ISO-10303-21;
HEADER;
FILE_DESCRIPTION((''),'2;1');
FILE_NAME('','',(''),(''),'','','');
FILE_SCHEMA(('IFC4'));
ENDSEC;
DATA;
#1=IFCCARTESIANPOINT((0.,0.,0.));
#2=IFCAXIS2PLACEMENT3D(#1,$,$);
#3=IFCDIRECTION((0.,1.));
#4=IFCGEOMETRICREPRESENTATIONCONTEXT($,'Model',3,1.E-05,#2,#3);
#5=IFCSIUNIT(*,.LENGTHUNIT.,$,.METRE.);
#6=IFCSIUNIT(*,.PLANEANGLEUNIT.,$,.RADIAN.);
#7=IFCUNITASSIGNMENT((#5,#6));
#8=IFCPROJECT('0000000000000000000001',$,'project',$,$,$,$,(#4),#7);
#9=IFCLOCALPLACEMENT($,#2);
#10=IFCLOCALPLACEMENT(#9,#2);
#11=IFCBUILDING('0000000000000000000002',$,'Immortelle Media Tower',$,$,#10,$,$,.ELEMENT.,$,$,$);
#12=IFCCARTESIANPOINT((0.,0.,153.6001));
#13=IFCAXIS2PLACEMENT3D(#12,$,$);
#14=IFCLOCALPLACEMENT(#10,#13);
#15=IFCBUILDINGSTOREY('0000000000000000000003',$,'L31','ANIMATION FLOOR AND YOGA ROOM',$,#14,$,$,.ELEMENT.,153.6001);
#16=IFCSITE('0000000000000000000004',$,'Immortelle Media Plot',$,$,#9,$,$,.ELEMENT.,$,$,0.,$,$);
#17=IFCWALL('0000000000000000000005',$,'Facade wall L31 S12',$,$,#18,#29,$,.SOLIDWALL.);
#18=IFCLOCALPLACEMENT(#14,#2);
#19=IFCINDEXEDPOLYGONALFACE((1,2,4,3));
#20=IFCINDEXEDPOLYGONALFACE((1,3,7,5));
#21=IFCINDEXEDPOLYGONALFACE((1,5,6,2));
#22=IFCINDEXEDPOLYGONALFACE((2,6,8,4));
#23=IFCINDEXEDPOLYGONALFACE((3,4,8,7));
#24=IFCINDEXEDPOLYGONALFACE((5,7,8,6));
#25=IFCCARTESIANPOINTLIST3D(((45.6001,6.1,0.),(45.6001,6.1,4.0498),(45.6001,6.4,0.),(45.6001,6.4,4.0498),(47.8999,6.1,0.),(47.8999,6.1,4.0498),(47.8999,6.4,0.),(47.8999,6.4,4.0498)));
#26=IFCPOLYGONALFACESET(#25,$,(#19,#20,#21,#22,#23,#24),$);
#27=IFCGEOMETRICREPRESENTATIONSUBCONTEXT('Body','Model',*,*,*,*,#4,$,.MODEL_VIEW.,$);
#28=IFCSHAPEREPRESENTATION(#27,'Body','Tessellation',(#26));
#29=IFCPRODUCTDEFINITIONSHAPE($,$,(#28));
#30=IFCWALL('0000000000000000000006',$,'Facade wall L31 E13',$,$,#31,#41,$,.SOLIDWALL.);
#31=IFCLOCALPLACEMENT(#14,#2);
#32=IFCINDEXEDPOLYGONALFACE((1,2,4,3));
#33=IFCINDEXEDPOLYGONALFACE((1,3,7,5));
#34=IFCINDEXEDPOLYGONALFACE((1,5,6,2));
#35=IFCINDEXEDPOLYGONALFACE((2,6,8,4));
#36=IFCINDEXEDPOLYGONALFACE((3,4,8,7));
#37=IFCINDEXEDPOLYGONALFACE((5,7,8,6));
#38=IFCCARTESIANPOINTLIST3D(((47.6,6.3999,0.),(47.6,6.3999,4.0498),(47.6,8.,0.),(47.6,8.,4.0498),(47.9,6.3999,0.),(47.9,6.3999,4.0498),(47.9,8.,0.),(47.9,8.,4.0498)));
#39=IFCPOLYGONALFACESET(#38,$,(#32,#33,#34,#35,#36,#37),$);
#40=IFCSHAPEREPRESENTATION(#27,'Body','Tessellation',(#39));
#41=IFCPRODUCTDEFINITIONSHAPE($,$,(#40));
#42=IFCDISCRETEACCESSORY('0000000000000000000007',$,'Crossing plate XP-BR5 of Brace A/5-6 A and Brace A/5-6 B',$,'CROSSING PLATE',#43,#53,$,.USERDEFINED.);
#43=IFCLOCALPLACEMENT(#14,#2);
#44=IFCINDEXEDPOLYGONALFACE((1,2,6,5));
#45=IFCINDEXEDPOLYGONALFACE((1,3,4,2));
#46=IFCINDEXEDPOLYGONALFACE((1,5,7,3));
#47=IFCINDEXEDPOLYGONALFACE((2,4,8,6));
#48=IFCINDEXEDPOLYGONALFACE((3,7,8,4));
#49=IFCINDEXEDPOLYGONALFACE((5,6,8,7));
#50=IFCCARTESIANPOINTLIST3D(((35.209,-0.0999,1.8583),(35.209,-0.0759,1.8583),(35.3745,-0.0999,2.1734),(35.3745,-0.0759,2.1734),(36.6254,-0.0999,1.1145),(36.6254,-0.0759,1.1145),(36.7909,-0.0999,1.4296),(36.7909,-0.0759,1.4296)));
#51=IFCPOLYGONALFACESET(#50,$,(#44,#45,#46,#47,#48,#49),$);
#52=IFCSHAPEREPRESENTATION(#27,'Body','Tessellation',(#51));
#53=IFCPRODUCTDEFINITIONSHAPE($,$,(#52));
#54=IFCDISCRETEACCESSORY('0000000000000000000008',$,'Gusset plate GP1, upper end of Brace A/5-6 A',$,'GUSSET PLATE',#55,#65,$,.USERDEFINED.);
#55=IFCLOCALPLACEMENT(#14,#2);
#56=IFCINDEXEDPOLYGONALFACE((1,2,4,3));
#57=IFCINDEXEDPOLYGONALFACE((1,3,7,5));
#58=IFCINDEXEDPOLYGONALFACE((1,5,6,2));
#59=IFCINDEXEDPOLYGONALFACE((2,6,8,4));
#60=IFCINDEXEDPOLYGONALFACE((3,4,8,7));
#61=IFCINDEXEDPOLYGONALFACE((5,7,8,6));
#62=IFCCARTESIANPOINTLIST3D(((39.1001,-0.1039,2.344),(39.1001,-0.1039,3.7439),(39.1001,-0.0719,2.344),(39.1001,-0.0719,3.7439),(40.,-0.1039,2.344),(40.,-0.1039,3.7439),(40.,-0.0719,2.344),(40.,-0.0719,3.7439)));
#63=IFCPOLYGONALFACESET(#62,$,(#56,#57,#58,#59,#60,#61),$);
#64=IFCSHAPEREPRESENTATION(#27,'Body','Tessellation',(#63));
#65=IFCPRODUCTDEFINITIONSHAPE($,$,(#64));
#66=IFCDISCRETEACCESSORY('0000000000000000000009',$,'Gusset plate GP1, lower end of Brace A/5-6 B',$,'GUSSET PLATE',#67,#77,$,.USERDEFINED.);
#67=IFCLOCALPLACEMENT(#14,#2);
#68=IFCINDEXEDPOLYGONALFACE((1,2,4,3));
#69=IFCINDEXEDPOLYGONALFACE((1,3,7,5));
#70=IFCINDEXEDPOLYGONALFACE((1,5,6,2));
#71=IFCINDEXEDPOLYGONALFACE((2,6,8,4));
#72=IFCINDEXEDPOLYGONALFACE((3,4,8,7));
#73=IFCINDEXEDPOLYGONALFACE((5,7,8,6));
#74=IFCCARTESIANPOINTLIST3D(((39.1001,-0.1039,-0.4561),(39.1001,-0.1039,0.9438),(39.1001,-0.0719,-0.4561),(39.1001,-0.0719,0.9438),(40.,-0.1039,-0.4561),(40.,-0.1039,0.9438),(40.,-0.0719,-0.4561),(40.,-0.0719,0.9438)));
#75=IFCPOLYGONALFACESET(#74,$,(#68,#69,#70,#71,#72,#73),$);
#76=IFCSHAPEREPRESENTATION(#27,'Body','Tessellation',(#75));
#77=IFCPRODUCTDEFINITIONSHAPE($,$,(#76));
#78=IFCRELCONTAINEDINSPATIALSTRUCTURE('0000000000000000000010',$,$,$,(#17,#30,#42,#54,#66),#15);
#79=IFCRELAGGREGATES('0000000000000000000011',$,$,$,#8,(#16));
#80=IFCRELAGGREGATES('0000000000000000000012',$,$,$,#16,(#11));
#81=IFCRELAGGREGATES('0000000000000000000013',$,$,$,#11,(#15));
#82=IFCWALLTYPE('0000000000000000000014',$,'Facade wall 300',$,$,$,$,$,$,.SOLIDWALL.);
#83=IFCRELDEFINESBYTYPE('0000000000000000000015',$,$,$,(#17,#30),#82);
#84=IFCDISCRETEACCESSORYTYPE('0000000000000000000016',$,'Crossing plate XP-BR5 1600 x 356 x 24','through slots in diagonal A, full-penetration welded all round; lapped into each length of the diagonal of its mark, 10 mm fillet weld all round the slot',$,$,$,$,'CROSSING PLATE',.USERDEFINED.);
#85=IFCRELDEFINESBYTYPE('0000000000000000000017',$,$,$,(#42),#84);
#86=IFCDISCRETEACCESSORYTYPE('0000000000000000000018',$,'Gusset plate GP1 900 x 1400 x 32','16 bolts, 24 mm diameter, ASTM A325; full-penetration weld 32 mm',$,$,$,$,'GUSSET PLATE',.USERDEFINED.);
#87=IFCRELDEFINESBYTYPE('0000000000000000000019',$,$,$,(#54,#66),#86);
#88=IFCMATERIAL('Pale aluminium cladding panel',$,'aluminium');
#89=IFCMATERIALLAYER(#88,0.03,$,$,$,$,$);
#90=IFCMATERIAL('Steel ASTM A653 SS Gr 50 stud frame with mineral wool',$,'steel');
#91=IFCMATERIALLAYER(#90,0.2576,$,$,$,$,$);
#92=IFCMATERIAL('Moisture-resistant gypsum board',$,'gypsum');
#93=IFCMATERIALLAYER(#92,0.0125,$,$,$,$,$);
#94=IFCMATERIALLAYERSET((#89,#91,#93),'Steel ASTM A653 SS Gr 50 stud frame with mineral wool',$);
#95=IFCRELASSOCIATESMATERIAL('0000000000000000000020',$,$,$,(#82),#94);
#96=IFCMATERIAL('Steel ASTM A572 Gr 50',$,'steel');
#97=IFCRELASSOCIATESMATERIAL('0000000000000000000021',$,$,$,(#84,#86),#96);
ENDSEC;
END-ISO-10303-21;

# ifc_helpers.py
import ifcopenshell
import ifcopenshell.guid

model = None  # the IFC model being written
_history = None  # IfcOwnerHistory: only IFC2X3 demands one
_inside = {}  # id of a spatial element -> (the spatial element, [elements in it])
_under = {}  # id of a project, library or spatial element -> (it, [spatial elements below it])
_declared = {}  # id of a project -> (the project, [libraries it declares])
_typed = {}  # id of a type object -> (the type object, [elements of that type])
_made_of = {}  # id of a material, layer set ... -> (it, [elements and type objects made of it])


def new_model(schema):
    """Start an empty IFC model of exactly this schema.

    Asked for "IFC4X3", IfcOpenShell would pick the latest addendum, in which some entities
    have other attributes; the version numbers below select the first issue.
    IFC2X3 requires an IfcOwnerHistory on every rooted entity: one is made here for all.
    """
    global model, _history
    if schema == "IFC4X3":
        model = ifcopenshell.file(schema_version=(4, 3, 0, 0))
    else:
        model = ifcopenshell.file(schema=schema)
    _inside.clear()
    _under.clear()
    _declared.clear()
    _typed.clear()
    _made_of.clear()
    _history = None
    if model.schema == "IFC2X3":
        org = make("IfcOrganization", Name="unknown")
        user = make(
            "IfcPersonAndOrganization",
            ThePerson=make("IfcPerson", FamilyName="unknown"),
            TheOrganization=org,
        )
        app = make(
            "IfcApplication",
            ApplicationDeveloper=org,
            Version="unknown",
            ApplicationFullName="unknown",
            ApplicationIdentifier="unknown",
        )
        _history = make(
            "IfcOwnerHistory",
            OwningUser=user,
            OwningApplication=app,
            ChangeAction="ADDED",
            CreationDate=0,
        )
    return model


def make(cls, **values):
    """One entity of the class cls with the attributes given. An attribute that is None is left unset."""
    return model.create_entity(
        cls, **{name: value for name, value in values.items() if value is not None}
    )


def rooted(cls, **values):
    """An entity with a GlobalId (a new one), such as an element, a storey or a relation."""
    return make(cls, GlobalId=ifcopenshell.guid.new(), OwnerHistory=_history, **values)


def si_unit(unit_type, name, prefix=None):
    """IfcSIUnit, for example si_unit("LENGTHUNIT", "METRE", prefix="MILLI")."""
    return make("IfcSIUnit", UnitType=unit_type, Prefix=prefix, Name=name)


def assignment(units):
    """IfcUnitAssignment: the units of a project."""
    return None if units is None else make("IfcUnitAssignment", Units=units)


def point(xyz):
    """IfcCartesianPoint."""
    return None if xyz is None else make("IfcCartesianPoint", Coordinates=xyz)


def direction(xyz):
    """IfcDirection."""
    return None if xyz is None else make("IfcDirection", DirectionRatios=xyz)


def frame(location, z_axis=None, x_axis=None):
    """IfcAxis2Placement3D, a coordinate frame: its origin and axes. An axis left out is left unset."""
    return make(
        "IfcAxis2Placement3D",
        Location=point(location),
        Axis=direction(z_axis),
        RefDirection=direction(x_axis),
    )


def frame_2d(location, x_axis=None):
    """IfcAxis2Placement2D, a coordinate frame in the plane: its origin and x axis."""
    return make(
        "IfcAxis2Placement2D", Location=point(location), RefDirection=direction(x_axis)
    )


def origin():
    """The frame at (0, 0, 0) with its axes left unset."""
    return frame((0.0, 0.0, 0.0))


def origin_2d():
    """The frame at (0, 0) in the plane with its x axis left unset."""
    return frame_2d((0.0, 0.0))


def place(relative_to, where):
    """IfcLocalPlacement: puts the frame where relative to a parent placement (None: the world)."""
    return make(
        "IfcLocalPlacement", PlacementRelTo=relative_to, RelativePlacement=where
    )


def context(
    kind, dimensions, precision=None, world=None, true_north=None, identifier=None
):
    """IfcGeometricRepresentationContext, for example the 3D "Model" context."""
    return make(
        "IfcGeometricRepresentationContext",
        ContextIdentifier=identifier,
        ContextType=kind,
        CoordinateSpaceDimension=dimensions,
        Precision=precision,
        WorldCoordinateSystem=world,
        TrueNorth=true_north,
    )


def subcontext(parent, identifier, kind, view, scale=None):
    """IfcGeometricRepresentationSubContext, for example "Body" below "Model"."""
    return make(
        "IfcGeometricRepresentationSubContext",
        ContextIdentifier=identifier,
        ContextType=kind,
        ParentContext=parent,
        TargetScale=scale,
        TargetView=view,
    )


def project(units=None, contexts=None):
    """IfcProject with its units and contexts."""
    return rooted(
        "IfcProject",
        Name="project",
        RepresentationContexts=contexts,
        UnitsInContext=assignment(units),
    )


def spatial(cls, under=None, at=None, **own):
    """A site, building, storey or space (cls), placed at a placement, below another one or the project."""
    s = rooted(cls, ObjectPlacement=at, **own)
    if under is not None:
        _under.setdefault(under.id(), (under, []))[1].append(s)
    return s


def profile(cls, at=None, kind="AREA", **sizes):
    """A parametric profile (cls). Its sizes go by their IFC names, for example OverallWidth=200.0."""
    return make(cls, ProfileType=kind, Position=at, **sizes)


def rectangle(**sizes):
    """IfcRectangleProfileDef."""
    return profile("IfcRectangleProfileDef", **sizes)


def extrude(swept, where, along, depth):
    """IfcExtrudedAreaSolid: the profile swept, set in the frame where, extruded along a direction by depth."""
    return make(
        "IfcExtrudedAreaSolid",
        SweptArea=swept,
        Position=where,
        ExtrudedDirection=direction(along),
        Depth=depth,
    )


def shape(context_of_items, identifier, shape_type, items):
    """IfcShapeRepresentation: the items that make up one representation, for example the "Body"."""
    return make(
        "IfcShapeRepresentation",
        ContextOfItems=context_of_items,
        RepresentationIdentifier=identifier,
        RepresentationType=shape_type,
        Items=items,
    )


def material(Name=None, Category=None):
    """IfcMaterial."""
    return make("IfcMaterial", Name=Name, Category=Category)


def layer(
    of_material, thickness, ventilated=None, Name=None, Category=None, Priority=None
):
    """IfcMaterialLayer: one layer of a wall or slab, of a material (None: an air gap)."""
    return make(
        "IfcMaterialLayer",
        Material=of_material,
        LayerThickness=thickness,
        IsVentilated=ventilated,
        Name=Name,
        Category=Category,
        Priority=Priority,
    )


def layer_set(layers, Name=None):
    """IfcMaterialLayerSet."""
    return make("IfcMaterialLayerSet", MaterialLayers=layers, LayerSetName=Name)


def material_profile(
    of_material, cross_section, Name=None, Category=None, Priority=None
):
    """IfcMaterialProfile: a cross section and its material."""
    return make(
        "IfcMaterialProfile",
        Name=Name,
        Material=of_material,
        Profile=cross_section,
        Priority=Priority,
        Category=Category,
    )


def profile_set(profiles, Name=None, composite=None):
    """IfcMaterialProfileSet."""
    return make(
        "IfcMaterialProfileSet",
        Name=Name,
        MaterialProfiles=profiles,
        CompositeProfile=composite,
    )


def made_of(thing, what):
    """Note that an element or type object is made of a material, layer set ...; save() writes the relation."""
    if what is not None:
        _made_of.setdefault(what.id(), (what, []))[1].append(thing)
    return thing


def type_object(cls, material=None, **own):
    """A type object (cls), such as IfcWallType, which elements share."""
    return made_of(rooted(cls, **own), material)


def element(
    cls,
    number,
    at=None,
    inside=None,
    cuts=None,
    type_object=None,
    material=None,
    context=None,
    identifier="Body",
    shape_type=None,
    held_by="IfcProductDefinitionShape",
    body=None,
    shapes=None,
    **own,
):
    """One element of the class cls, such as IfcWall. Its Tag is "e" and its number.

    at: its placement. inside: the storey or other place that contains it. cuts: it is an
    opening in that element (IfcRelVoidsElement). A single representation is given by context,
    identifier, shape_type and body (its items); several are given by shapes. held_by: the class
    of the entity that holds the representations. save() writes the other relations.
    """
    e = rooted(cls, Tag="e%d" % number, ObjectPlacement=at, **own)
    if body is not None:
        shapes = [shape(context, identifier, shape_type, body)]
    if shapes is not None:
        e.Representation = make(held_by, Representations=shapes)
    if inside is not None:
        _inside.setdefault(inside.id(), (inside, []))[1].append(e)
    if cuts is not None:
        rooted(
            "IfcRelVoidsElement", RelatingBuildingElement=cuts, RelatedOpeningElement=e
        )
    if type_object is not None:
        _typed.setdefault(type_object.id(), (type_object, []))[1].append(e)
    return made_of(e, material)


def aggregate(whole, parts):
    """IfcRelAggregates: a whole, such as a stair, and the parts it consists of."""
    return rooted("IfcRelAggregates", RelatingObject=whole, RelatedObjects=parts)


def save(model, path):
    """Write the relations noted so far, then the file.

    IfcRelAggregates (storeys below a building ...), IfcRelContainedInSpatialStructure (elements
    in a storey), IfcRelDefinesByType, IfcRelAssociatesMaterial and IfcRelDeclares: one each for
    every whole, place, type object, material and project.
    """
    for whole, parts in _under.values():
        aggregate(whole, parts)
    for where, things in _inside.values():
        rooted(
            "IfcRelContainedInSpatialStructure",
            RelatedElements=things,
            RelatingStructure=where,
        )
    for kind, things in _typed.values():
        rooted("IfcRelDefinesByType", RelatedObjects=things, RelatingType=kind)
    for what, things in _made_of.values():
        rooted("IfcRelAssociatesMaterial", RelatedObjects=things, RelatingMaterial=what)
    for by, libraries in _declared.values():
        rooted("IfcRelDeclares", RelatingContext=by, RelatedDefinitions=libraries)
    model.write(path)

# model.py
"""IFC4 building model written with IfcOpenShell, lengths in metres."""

from ifc_helpers import new_model, si_unit, direction, frame, frame_2d, origin, origin_2d, place, context, subcontext, project, spatial, rectangle, extrude, material, layer, layer_set, material_profile, profile_set, type_object, element, save


model = new_model("IFC4")

# Units and contexts
model_context = context("Model", 3, precision=1e-05, world=origin(), true_north=direction((0.0, 1.0)))
body_context = subcontext(model_context, "Body", "Model", "MODEL_VIEW")
ifc_project = project(units=[si_unit("LENGTHUNIT", "METRE"), si_unit("PLANEANGLEUNIT", "RADIAN")], contexts=[model_context])

# Site, building, storey
site_placement = place(None, origin())
site = spatial("IfcSite", under=ifc_project, at=site_placement, Name="Immortelle Media Plot", CompositionType="ELEMENT", RefElevation=0.0)
building_placement = place(site_placement, origin())
building = spatial("IfcBuilding", under=site, at=building_placement, Name="Immortelle Media Tower", CompositionType="ELEMENT")
storey_placement = place(building_placement, frame((0.0, 0.0, 153.6001)))
storey = spatial("IfcBuildingStorey", under=building, at=storey_placement, Name="L31", Description="ANIMATION FLOOR AND YOGA ROOM", CompositionType="ELEMENT", Elevation=153.6001)

# Walls
ifc_material_1 = material(Name="Pale aluminium cladding panel", Category="aluminium")
ifc_layer_1 = layer(ifc_material_1, 0.03)
ifc_material_2 = material(Name="Steel ASTM A653 SS Gr 50 stud frame with mineral wool", Category="steel")
ifc_layer_2 = layer(ifc_material_2, 0.2576)
ifc_material_3 = material(Name="Moisture-resistant gypsum board", Category="gypsum")
ifc_layer_3 = layer(ifc_material_3, 0.0125)
ifc_layer_set = layer_set([ifc_layer_1, ifc_layer_2, ifc_layer_3], Name="Steel ASTM A653 SS Gr 50 stud frame with mineral wool")
wall_type = type_object("IfcWallType", Name="Facade wall 300", PredefinedType="SOLIDWALL", material=ifc_layer_set)
wall_1_placement = place(storey_placement, frame((45.6001, 6.25, 0.0), z_axis=(0.0, 0.0, 1.0), x_axis=(1.0, 0.0, 0.0)))
element("IfcWall", 1, at=wall_1_placement, inside=storey, type_object=wall_type, Name="Facade wall L31 S12", PredefinedType="SOLIDWALL", context=body_context, shape_type="SweptSolid", body=[
    extrude(rectangle(XDim=2.2998, YDim=0.3, at=frame_2d((1.1499, 0.0))), origin(), (0.0, 0.0, 1.0), 4.0498),
])
wall_2_placement = place(storey_placement, frame((47.75, 6.3999, 0.0), z_axis=(0.0, 0.0, 1.0), x_axis=(0.0, 1.0, 0.0)))
element("IfcWall", 2, at=wall_2_placement, inside=storey, type_object=wall_type, Name="Facade wall L31 E13", PredefinedType="SOLIDWALL", context=body_context, shape_type="SweptSolid", body=[
    extrude(rectangle(XDim=1.6001, YDim=0.3, at=frame_2d((0.8, 0.0))), origin(), (0.0, 0.0, 1.0), 4.0498),
])

# Discrete accessories
ifc_material_4 = material(Name="Steel ASTM A572 Gr 50", Category="steel")
ifc_material_profile_1 = material_profile(ifc_material_4, rectangle(XDim=0.0239, YDim=0.356, at=origin_2d()), Name="PL 24 x 356")
ifc_profile_set_1 = profile_set([ifc_material_profile_1], Name="Steel ASTM A572 Gr 50")
discrete_accessory_type_1 = type_object("IfcDiscreteAccessoryType", Name="Crossing plate XP-BR5 1600 x 356 x 24", Description="through slots in diagonal A, full-penetration welded all round; lapped into each length of the diagonal of its mark, 10 mm fillet weld all round the slot", ElementType="CROSSING PLATE", PredefinedType="USERDEFINED", material=ifc_profile_set_1)
discrete_accessory_placement = place(storey_placement, frame((35.2917, -0.0879, 2.0159), z_axis=(0.885338, 0.0, -0.464948), x_axis=(0.0, 1.0, 0.0)))
element("IfcDiscreteAccessory", 3, at=discrete_accessory_placement, inside=storey, type_object=discrete_accessory_type_1, Name="Crossing plate XP-BR5 of Brace A/5-6 A and Brace A/5-6 B", ObjectType="CROSSING PLATE", PredefinedType="USERDEFINED", context=body_context, shape_type="SweptSolid", body=[
    extrude(rectangle(XDim=0.0239, YDim=0.356, at=origin_2d()), origin(), (0.0, 0.0, 1.0), 1.5999),
])
ifc_material_profile_2 = material_profile(ifc_material_4, rectangle(XDim=0.032, YDim=1.3999, at=origin_2d()), Name="PL 32 x 1400")
ifc_profile_set_2 = profile_set([ifc_material_profile_2], Name="Steel ASTM A572 Gr 50")
discrete_accessory_type_2 = type_object("IfcDiscreteAccessoryType", Name="Gusset plate GP1 900 x 1400 x 32", Description="16 bolts, 24 mm diameter, ASTM A325; full-penetration weld 32 mm", ElementType="GUSSET PLATE", PredefinedType="USERDEFINED", material=ifc_profile_set_2)
for number, where, z_axis, x_axis, name in (
    (4, (40.0, -0.0879, 3.0439), (-1.0, 0.0, 0.0), (0.0, -1.0, 0.0), "Gusset plate GP1, upper end of Brace A/5-6 A"),
    (5, (40.0, -0.0879, 0.2439), (-1.0, 0.0, 0.0), (0.0, -1.0, 0.0), "Gusset plate GP1, lower end of Brace A/5-6 B"),
):
    element("IfcDiscreteAccessory", number, at=place(storey_placement, frame(where, z_axis=z_axis, x_axis=x_axis)), inside=storey, type_object=discrete_accessory_type_2, Name=name, ObjectType="GUSSET PLATE", PredefinedType="USERDEFINED", context=body_context, shape_type="SweptSolid", body=[
        extrude(rectangle(XDim=0.032, YDim=1.3999, at=origin_2d()), origin(), (0.0, 0.0, 1.0), 0.8999),
    ])

save(model, "model.ifc")
